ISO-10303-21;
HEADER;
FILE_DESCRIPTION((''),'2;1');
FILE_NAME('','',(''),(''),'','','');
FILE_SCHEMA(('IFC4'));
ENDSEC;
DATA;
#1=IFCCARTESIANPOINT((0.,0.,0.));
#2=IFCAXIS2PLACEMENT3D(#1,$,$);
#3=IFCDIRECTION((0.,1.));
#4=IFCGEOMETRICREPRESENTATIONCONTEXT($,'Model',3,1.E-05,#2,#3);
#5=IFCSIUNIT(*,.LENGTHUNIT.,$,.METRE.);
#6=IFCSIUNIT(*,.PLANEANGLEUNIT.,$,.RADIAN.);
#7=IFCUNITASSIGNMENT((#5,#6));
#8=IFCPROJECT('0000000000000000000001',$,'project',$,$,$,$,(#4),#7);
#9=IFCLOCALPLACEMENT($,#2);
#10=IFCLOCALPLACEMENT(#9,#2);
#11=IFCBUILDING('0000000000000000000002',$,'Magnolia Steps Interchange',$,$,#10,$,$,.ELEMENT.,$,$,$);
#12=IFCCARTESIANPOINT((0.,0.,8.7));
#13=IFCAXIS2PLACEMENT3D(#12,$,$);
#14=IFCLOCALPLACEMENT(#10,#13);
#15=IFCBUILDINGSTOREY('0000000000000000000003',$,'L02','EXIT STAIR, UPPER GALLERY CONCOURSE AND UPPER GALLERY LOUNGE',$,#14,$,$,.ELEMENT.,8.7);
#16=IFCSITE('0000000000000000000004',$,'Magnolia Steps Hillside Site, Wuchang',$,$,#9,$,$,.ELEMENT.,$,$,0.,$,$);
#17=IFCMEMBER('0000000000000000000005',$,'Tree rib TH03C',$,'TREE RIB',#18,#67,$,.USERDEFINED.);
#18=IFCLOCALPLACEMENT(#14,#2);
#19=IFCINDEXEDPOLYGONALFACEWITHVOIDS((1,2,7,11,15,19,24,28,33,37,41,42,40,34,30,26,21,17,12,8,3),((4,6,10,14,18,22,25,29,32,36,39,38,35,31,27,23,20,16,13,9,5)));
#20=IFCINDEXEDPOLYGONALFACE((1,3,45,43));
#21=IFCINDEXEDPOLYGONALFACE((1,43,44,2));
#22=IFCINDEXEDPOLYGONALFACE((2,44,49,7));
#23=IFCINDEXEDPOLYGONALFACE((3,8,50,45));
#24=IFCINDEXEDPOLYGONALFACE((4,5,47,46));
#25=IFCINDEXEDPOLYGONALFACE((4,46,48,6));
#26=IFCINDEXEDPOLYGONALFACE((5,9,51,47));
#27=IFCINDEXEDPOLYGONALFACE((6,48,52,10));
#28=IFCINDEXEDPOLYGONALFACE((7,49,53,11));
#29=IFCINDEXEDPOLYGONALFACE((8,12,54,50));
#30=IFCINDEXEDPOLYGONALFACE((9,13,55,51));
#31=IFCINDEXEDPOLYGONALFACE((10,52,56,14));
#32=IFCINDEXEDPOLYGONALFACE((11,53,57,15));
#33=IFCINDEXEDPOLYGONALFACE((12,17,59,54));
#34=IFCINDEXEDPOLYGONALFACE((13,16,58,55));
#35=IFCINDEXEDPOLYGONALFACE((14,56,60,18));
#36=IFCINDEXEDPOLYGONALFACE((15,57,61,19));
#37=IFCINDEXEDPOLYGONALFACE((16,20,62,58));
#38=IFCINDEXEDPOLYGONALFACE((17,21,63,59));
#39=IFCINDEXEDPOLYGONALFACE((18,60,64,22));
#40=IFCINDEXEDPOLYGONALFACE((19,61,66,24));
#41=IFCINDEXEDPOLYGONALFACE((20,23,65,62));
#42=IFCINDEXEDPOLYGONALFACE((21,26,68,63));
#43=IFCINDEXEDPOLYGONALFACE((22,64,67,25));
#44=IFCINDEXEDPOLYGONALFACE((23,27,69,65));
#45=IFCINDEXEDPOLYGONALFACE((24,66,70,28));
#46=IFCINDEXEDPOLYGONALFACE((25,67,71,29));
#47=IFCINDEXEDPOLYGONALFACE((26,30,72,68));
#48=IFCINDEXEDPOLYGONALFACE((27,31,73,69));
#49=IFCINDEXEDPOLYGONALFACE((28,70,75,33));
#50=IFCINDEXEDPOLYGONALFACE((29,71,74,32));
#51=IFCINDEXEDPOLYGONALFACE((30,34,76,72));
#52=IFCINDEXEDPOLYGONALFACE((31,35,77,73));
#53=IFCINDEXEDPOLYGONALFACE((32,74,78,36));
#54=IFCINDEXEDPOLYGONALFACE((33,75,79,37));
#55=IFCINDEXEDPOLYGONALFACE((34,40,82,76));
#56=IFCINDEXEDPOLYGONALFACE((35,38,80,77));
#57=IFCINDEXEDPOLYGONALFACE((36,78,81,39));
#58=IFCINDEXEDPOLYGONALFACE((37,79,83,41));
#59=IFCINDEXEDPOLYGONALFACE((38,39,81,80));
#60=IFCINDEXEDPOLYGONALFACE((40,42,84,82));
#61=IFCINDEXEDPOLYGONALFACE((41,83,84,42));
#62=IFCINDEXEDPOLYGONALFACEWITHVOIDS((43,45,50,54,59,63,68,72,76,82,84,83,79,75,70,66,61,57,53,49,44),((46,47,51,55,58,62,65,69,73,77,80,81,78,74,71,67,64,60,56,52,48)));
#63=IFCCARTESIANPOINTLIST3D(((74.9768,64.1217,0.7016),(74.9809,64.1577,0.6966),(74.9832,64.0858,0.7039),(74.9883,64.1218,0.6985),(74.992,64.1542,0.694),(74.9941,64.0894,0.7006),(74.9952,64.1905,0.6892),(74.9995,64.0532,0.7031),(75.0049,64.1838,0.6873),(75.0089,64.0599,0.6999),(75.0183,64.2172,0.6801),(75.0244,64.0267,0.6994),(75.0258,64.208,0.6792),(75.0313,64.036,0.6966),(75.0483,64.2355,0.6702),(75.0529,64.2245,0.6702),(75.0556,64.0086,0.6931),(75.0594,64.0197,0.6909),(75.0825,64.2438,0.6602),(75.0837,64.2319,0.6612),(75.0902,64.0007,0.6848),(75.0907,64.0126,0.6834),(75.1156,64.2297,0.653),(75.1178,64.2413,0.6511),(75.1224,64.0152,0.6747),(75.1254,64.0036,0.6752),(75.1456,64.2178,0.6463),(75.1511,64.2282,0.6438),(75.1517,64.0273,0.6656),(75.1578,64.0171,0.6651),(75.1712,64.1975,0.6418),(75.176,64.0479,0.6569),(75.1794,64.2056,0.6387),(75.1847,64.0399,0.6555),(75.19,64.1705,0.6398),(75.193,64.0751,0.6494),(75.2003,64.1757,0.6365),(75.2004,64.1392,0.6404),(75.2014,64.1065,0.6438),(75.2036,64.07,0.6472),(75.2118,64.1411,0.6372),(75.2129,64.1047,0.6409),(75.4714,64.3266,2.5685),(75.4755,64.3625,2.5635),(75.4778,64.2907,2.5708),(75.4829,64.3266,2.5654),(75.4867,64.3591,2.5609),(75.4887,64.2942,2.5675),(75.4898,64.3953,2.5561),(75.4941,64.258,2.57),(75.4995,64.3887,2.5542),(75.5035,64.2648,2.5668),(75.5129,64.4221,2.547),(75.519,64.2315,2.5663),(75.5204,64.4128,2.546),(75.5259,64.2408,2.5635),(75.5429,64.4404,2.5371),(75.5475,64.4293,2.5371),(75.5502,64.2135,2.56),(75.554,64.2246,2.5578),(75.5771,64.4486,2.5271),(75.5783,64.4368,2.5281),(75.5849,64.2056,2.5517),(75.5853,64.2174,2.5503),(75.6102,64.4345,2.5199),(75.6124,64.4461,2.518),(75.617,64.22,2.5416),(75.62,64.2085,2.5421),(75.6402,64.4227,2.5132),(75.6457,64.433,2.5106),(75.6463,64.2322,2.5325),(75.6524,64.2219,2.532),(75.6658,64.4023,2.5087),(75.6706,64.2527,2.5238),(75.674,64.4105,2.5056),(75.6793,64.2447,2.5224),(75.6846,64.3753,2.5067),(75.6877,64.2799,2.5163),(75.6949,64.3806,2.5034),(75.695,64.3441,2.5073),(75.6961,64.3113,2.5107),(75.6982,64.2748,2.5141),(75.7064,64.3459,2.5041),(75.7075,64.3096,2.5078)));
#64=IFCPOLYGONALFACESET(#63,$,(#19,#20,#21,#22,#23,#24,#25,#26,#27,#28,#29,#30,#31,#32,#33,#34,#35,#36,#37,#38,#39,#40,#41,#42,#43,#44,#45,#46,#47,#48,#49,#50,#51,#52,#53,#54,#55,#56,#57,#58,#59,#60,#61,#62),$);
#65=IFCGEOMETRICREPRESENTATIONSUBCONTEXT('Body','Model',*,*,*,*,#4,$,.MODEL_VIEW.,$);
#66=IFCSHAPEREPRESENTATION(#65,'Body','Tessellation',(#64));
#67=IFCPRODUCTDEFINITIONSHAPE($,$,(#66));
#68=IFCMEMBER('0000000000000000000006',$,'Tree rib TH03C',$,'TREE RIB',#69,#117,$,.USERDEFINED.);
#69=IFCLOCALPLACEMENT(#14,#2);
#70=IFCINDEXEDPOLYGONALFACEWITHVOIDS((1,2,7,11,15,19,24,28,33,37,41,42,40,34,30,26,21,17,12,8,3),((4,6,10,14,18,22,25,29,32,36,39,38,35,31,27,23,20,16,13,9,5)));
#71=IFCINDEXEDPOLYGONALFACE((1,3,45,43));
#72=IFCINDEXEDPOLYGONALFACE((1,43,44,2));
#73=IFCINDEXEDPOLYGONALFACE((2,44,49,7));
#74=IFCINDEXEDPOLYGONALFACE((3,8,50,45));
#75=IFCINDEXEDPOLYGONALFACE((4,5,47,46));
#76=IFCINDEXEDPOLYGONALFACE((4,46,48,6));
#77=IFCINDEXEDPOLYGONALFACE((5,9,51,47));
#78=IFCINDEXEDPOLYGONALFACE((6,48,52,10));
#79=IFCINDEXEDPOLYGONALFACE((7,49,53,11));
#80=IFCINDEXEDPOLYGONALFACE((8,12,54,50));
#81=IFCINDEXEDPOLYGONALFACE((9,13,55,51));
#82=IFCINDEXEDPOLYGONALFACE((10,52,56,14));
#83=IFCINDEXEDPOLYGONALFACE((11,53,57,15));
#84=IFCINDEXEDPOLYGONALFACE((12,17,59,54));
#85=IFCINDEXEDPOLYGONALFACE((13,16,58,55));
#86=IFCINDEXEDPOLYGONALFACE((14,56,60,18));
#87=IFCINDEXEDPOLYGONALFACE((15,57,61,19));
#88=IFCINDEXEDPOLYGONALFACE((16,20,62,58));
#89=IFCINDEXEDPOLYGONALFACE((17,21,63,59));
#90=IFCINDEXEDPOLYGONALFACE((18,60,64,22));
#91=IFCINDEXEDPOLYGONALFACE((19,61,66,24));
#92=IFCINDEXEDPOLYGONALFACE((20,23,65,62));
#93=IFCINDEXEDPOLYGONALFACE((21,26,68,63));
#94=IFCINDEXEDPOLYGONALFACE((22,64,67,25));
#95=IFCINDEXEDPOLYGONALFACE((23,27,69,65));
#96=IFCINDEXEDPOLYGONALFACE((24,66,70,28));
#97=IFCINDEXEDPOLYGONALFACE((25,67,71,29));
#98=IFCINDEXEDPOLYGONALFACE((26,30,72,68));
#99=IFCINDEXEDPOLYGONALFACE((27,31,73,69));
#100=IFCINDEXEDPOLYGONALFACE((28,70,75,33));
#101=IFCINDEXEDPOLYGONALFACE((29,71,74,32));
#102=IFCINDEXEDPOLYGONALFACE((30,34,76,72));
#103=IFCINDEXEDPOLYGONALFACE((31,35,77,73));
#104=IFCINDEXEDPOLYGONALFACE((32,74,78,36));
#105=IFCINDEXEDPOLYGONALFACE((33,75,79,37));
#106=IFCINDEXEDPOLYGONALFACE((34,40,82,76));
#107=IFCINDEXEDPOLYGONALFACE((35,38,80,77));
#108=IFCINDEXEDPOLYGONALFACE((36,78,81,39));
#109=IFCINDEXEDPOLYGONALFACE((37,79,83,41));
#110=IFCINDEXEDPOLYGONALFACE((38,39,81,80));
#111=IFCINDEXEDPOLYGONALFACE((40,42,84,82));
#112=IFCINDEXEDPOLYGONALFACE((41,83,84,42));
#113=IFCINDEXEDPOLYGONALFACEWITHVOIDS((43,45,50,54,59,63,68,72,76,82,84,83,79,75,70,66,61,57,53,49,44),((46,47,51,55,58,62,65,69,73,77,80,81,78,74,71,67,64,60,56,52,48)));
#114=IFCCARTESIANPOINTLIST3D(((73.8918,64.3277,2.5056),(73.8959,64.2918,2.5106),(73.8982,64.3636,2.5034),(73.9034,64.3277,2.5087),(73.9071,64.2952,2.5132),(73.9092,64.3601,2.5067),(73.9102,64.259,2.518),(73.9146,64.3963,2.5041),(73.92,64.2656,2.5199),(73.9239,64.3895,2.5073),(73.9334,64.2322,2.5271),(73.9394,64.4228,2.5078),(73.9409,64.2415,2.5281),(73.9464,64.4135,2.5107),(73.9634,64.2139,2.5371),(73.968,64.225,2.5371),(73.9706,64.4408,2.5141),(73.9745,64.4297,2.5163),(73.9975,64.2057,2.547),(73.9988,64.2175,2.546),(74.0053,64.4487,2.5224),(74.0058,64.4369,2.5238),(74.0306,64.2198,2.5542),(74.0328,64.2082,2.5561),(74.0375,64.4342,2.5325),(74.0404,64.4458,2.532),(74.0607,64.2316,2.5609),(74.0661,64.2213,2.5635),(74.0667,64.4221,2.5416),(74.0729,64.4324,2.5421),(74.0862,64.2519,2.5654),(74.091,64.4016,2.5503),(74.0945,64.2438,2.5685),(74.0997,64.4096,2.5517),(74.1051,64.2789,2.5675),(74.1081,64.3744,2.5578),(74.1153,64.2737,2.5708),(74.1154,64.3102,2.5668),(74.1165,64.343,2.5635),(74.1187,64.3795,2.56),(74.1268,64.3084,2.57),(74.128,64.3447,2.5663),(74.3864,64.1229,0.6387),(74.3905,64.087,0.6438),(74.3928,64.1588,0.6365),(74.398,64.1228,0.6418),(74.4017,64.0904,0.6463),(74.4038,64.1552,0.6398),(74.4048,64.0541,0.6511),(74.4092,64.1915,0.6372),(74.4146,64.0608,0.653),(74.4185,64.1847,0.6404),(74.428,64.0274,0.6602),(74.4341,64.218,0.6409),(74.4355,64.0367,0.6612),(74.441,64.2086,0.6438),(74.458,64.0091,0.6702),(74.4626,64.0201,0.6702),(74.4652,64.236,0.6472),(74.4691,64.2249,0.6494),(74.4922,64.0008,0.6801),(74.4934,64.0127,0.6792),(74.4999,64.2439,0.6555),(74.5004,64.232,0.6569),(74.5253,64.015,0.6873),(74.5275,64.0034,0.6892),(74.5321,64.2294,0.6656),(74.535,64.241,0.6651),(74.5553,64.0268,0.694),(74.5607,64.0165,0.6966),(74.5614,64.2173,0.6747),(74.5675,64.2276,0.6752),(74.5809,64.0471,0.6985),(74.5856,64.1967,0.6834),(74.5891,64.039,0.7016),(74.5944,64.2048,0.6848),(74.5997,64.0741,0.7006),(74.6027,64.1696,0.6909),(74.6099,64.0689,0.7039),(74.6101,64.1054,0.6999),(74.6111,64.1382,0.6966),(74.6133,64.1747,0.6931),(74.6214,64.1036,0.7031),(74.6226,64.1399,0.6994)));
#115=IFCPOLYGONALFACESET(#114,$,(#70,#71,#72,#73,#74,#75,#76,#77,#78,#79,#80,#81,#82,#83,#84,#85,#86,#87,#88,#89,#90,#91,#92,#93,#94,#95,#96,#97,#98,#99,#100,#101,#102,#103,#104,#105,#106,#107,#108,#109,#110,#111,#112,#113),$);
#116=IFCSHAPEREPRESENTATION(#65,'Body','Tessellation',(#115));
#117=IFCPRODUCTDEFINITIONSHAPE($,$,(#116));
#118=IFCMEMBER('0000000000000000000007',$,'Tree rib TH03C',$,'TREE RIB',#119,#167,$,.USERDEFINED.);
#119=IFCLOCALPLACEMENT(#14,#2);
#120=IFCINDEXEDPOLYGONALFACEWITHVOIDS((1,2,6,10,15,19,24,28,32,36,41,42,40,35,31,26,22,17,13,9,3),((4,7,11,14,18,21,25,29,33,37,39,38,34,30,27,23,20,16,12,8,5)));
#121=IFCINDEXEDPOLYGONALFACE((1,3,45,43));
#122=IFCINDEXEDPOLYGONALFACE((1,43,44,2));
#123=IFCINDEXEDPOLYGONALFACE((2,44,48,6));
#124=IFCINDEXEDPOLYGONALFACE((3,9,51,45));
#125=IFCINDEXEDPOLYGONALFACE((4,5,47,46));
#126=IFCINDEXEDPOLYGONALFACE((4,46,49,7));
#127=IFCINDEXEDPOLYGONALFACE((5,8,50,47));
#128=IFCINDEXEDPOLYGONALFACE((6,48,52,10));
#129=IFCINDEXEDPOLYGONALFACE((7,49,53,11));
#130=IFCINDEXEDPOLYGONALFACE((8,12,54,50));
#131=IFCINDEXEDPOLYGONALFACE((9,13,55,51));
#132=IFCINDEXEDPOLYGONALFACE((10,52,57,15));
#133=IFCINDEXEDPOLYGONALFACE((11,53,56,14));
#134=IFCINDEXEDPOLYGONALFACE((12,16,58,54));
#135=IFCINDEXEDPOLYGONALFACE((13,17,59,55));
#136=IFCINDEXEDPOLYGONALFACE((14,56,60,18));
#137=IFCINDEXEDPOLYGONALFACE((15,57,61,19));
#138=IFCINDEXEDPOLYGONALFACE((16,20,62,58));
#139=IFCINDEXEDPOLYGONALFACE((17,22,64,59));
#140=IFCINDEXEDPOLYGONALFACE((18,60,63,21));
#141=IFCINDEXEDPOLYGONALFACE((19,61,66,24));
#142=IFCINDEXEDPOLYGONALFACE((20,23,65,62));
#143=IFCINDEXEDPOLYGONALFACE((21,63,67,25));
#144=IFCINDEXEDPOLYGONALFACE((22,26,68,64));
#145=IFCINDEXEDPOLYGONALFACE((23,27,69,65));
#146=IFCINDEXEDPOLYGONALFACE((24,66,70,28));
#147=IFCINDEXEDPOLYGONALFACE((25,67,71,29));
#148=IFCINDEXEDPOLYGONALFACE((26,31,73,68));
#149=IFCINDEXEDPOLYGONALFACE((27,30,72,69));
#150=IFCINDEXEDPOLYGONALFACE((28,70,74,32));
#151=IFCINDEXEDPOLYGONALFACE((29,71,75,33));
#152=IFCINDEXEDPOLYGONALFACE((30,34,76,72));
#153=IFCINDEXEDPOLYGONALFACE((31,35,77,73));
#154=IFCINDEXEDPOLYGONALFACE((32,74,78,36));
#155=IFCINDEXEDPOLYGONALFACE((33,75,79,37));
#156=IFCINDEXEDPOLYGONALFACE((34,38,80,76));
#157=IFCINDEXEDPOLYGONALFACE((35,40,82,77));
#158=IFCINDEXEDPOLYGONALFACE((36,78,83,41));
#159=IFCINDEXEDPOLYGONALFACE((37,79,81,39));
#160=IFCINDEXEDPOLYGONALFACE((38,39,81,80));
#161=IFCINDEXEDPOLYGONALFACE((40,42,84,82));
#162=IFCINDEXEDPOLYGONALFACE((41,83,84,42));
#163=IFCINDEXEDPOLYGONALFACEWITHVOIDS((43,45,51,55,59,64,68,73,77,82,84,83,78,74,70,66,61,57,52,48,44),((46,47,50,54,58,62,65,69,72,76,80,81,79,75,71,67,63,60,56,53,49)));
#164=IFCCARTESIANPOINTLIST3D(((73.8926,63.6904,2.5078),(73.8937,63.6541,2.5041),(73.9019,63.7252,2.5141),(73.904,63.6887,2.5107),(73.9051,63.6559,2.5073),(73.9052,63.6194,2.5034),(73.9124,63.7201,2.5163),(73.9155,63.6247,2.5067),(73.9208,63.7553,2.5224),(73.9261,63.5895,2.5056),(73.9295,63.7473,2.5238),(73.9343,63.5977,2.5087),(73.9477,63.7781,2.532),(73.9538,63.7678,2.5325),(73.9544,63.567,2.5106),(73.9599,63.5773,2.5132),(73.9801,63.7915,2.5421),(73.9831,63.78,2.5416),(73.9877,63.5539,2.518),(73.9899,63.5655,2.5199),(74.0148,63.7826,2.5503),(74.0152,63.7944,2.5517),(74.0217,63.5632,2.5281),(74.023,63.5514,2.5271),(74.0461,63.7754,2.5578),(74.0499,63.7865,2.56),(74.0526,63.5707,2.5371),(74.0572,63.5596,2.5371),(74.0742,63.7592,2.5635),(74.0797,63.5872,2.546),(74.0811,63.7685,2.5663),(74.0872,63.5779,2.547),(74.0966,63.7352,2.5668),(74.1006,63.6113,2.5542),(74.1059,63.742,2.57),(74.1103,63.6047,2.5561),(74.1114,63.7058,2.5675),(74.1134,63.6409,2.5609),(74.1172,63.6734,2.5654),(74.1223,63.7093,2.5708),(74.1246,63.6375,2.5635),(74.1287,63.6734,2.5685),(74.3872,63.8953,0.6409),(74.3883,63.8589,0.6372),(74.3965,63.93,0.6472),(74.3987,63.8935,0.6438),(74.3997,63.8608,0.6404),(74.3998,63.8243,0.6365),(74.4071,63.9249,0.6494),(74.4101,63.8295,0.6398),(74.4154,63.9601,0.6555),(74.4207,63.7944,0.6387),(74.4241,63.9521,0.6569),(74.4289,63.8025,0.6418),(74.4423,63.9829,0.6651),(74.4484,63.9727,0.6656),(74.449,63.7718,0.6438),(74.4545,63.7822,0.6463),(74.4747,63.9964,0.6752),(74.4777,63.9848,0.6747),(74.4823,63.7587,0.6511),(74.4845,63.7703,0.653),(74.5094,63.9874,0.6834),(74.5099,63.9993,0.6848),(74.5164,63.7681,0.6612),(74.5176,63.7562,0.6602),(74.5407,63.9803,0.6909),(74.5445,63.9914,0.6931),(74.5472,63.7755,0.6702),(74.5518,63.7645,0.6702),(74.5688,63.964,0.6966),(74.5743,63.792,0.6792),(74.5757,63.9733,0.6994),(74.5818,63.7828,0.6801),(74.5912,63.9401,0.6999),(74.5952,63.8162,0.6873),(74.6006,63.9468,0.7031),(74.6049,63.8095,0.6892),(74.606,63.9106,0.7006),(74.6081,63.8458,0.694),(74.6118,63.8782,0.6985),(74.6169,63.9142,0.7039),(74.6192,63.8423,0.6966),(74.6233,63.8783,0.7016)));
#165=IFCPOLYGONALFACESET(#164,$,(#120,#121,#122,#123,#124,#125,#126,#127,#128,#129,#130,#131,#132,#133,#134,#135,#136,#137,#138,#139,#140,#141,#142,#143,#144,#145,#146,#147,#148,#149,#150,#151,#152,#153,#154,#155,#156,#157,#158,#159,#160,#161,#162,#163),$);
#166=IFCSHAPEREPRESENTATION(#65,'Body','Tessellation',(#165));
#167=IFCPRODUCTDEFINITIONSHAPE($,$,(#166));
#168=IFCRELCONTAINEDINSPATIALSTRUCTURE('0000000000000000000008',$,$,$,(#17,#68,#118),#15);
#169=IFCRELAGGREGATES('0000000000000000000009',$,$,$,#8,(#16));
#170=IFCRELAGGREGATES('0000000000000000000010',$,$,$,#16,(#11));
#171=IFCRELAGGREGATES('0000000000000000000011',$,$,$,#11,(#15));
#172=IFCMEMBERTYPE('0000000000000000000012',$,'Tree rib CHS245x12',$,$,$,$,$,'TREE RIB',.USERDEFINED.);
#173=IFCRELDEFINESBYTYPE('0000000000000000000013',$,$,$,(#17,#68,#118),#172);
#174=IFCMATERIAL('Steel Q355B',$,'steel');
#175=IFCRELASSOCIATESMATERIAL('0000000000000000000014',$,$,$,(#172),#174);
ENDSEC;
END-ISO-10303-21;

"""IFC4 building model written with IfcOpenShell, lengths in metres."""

from ifc_helpers import new_model, si_unit, direction, frame, origin, origin_2d, place, context, subcontext, project, spatial, hollow_circle, extrude, material, material_profile, profile_set, type_object, element, save


model = new_model("IFC4")

# Units and contexts
model_context = context("Model", 3, precision=1e-05, world=origin(), true_north=direction((0.0, 1.0)))
body_context = subcontext(model_context, "Body", "Model", "MODEL_VIEW")
ifc_project = project(units=[si_unit("LENGTHUNIT", "METRE"), si_unit("PLANEANGLEUNIT", "RADIAN")], contexts=[model_context])

# Site, building, storey
site_placement = place(None, origin())
site = spatial("IfcSite", under=ifc_project, at=site_placement, Name="Magnolia Steps Hillside Site, Wuchang", CompositionType="ELEMENT", RefElevation=0.0)
building_placement = place(site_placement, origin())
building = spatial("IfcBuilding", under=site, at=building_placement, Name="Magnolia Steps Interchange", CompositionType="ELEMENT")
storey_placement = place(building_placement, frame((0.0, 0.0, 8.7)))
storey = spatial("IfcBuildingStorey", under=building, at=storey_placement, Name="L02", Description="EXIT STAIR, UPPER GALLERY CONCOURSE AND UPPER GALLERY LOUNGE", CompositionType="ELEMENT", Elevation=8.7)

# Members
ifc_material_1 = material(Name="Steel Q355B", Category="steel")
ifc_material_profile_1 = material_profile(ifc_material_1, hollow_circle(Radius=0.1226, WallThickness=0.012, at=origin_2d()), Name="CHS245x12")
ifc_profile_set_1 = profile_set([ifc_material_profile_1], Name="Steel Q355B")
member_type = type_object("IfcMemberType", Name="Tree rib CHS245x12", ElementType="TREE RIB", PredefinedType="USERDEFINED", material=ifc_profile_set_1)
for number, where, z_axis, x_axis, name in (
    (1, (75.0952, 64.1223, 0.6702), (0.254676, 0.105466, 0.961258), (-0.382607, 0.923911, 0.0), "Tree rib TH03C"),
    (2, (74.5049, 64.1223, 0.6702), (-0.254676, 0.105466, 0.961258), (-0.382607, -0.923911, 0.0), "Tree rib TH03C"),
    (3, (74.5049, 63.8777, 0.6702), (-0.254676, -0.105466, 0.961258), (0.382607, -0.923911, 0.0), "Tree rib TH03C"),
):
    element("IfcMember", number, at=place(storey_placement, frame(where, z_axis=z_axis, x_axis=x_axis)), inside=storey, type_object=member_type, Name=name, ObjectType="TREE RIB", PredefinedType="USERDEFINED", context=body_context, shape_type="SweptSolid", body=[
        extrude(hollow_circle(Radius=0.1226, WallThickness=0.012, at=origin_2d()), origin(), (0.0, 0.0, 1.0), 1.9421),
    ])

save(model, "model.ifc")
